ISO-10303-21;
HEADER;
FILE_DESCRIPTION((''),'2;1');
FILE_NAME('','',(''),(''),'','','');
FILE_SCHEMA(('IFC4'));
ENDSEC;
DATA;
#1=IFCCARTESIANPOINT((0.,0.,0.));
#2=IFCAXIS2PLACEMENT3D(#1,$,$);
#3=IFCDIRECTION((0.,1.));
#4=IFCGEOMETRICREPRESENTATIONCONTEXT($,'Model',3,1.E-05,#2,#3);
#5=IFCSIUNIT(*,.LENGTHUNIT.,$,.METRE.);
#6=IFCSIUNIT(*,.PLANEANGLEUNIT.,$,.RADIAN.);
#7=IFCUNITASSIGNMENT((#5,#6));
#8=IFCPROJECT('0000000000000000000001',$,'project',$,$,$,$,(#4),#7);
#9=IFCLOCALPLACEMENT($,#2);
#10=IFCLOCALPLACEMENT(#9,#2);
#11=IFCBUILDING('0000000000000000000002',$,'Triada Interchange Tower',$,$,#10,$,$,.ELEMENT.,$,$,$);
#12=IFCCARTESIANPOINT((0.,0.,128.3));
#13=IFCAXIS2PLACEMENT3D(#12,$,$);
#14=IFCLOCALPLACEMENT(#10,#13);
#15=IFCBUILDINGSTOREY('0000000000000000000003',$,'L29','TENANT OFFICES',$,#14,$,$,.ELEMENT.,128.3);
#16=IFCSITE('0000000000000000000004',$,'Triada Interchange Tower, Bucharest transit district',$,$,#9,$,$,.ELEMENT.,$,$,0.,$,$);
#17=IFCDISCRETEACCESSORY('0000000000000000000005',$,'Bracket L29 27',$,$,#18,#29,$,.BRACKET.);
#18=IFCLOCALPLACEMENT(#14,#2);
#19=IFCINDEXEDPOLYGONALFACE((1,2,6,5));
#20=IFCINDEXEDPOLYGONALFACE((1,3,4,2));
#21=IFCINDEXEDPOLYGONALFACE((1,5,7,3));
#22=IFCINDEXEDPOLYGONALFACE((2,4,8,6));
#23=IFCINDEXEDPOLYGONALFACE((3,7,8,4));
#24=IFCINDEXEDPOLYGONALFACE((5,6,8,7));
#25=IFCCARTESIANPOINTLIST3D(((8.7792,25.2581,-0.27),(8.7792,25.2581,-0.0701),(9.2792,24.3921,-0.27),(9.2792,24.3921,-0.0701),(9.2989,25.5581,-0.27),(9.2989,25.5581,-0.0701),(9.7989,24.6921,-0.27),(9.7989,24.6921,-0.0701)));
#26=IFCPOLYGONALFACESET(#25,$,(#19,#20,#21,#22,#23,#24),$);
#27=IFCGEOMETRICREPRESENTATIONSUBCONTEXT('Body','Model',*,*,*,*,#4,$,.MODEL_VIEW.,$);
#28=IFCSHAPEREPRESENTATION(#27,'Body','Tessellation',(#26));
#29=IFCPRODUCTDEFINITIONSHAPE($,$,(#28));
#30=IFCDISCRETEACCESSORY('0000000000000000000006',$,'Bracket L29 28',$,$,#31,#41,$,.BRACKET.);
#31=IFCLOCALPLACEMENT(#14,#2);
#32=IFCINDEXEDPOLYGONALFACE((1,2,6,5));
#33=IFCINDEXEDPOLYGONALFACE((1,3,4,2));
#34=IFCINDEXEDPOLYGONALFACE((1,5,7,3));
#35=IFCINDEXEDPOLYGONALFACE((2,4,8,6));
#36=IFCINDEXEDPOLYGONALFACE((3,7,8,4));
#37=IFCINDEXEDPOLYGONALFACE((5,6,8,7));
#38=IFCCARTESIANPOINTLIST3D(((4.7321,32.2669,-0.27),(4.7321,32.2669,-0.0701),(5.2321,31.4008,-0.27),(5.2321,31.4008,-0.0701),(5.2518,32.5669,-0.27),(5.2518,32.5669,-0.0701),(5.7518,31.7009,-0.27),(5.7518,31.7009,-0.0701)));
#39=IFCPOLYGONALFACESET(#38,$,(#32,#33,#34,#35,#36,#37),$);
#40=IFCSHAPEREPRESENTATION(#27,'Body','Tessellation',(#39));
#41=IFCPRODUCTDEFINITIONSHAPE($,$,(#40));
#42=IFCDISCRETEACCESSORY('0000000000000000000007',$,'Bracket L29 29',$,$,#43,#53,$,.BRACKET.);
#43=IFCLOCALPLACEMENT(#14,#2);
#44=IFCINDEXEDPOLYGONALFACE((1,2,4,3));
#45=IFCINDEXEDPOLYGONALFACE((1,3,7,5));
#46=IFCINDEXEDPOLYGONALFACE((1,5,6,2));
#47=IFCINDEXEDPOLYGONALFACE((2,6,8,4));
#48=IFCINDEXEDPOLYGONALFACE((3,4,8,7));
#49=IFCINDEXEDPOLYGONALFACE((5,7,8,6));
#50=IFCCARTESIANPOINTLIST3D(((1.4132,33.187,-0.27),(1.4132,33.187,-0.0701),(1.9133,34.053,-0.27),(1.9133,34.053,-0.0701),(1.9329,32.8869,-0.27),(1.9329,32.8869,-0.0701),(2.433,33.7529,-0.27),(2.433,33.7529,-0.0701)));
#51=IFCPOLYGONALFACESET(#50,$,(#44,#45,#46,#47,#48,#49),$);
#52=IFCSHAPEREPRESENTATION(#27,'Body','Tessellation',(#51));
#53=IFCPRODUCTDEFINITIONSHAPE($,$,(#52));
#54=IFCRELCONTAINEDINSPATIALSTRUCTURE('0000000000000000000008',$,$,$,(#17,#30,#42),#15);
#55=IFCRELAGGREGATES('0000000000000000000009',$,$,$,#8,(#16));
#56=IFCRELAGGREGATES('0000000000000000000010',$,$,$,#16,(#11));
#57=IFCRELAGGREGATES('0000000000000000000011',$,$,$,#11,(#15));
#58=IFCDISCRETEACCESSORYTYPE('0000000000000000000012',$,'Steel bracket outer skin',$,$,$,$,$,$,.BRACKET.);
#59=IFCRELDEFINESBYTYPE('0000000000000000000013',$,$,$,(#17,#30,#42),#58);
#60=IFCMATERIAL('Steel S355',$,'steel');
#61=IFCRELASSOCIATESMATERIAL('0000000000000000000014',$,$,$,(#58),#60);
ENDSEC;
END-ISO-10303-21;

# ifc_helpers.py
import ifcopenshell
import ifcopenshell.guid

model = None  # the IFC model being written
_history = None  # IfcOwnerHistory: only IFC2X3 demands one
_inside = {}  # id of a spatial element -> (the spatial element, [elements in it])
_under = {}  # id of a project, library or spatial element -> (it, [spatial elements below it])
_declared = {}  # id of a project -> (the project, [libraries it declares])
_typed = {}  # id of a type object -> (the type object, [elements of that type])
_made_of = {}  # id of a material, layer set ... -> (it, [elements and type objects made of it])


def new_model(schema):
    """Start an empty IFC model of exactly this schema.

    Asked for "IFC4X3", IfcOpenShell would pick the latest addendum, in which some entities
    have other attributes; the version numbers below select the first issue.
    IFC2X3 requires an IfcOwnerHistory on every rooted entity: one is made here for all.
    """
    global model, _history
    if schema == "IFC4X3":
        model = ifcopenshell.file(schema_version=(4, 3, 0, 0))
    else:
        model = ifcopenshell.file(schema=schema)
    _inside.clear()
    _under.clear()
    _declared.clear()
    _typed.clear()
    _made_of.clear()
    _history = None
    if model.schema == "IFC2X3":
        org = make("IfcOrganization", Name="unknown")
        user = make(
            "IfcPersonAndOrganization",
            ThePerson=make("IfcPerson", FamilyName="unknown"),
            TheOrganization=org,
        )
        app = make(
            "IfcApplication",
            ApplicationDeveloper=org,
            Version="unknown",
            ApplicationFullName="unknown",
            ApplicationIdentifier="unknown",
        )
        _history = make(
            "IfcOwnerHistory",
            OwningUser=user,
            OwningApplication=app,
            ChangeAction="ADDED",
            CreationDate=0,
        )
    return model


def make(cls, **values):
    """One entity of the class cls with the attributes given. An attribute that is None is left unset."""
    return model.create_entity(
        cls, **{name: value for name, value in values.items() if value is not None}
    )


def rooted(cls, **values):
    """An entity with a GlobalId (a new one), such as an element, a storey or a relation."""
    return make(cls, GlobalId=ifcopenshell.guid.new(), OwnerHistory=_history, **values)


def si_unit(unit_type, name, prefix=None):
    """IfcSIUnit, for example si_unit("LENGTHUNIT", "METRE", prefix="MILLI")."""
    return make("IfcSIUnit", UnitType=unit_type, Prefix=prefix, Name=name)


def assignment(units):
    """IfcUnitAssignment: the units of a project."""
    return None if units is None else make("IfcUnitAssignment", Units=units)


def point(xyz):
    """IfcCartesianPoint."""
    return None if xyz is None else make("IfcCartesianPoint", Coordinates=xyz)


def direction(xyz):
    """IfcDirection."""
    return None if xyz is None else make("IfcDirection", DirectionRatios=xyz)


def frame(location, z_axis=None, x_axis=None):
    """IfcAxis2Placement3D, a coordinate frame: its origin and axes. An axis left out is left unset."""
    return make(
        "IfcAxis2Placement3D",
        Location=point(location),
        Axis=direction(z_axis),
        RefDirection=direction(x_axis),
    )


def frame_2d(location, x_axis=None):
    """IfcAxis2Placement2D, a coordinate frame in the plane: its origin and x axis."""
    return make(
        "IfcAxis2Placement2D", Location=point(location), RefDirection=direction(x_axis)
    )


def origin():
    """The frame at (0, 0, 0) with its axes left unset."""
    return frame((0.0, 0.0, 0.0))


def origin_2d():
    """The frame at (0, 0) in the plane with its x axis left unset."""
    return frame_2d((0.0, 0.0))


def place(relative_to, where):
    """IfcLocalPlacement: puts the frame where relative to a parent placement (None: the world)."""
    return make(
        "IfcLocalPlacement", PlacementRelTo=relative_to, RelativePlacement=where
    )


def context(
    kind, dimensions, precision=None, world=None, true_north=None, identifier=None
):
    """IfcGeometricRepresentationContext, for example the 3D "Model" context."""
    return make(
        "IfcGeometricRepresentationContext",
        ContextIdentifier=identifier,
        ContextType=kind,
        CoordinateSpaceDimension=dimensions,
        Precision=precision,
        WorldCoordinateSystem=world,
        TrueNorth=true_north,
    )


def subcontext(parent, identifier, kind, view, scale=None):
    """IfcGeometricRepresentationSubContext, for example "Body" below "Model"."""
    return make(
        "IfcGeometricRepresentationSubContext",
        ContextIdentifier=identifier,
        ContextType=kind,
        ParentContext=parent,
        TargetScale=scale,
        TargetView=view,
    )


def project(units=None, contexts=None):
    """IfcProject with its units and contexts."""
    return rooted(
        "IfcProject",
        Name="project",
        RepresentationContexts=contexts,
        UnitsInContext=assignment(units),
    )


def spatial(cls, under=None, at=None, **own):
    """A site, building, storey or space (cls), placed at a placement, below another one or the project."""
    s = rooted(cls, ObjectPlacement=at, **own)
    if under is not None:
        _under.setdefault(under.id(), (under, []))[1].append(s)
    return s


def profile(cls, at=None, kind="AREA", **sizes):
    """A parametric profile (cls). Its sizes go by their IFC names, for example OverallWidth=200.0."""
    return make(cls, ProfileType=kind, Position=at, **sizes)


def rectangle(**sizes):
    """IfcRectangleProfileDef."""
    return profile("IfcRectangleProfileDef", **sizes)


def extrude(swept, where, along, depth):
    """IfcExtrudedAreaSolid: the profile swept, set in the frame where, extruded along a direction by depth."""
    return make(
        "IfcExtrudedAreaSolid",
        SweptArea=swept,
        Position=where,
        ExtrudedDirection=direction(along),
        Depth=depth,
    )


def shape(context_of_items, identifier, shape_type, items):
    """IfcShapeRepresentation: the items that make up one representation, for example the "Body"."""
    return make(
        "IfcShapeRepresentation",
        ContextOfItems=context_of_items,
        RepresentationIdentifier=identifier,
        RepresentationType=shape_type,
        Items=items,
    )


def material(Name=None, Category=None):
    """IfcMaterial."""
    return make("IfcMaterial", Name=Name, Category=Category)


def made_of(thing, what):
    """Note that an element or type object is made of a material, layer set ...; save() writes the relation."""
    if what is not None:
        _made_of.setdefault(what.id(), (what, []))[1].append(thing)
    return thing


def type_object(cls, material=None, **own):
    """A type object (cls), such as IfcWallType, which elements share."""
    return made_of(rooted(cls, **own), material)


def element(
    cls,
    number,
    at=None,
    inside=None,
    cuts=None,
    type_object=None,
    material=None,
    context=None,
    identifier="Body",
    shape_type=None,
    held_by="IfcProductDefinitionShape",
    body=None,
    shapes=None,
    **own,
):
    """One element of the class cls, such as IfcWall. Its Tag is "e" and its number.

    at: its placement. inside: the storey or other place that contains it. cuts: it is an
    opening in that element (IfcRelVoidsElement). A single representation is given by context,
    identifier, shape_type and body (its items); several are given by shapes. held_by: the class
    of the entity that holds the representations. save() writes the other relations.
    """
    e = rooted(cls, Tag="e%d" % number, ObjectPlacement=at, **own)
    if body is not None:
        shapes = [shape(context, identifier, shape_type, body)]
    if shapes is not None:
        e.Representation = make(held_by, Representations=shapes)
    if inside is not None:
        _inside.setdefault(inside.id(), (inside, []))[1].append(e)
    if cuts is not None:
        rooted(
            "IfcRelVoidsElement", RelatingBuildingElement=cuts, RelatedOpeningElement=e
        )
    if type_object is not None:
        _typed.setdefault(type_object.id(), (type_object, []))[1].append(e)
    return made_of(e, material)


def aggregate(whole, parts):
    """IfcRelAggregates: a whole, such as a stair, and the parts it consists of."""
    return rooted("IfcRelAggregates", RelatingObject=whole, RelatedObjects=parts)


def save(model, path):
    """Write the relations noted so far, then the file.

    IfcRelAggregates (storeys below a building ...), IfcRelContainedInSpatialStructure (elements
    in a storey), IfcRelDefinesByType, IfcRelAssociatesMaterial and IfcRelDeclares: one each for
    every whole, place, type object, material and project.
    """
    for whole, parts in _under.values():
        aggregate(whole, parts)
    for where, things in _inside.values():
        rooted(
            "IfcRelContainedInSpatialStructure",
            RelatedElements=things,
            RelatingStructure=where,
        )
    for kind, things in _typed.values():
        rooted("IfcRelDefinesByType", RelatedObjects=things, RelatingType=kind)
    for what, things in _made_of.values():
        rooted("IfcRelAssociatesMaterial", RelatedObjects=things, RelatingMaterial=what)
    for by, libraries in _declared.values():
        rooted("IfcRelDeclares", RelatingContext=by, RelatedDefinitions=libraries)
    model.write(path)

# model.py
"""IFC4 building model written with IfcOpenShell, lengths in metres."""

from ifc_helpers import new_model, si_unit, direction, frame, origin, origin_2d, place, context, subcontext, project, spatial, rectangle, extrude, material, type_object, element, save


model = new_model("IFC4")

# Units and contexts
model_context = context("Model", 3, precision=1e-05, world=origin(), true_north=direction((0.0, 1.0)))
body_context = subcontext(model_context, "Body", "Model", "MODEL_VIEW")
ifc_project = project(units=[si_unit("LENGTHUNIT", "METRE"), si_unit("PLANEANGLEUNIT", "RADIAN")], contexts=[model_context])

# Site, building, storey
site_placement = place(None, origin())
site = spatial("IfcSite", under=ifc_project, at=site_placement, Name="Triada Interchange Tower, Bucharest transit district", CompositionType="ELEMENT", RefElevation=0.0)
building_placement = place(site_placement, origin())
building = spatial("IfcBuilding", under=site, at=building_placement, Name="Triada Interchange Tower", CompositionType="ELEMENT")
storey_placement = place(building_placement, frame((0.0, 0.0, 128.3)))
storey = spatial("IfcBuildingStorey", under=building, at=storey_placement, Name="L29", Description="TENANT OFFICES", CompositionType="ELEMENT", Elevation=128.3)

# Discrete accessories
ifc_material_1 = material(Name="Steel S355", Category="steel")
discrete_accessory_type = type_object("IfcDiscreteAccessoryType", Name="Steel bracket outer skin", PredefinedType="BRACKET", material=ifc_material_1)
for number, where, z_axis, x_axis, name in (
    (1, (9.2891, 24.9751, -0.27), (0.0, 0.0, 1.0), (0.866023, 0.500004, 0.0), "Bracket L29 27"),
    (2, (5.2419, 31.9839, -0.27), (0.0, 0.0, 1.0), (0.866023, 0.500004, 0.0), "Bracket L29 28"),
    (3, (1.9231, 33.47, -0.27), (0.0, 0.0, 1.0), (-0.86599, 0.500061, 0.0), "Bracket L29 29"),
):
    element("IfcDiscreteAccessory", number, at=place(storey_placement, frame(where, z_axis=z_axis, x_axis=x_axis)), inside=storey, type_object=discrete_accessory_type, Name=name, PredefinedType="BRACKET", context=body_context, shape_type="SweptSolid", body=[
        extrude(rectangle(XDim=0.6001, YDim=1.0, at=origin_2d()), origin(), (0.0, 0.0, 1.0), 0.2),
    ])

save(model, "model.ifc")
